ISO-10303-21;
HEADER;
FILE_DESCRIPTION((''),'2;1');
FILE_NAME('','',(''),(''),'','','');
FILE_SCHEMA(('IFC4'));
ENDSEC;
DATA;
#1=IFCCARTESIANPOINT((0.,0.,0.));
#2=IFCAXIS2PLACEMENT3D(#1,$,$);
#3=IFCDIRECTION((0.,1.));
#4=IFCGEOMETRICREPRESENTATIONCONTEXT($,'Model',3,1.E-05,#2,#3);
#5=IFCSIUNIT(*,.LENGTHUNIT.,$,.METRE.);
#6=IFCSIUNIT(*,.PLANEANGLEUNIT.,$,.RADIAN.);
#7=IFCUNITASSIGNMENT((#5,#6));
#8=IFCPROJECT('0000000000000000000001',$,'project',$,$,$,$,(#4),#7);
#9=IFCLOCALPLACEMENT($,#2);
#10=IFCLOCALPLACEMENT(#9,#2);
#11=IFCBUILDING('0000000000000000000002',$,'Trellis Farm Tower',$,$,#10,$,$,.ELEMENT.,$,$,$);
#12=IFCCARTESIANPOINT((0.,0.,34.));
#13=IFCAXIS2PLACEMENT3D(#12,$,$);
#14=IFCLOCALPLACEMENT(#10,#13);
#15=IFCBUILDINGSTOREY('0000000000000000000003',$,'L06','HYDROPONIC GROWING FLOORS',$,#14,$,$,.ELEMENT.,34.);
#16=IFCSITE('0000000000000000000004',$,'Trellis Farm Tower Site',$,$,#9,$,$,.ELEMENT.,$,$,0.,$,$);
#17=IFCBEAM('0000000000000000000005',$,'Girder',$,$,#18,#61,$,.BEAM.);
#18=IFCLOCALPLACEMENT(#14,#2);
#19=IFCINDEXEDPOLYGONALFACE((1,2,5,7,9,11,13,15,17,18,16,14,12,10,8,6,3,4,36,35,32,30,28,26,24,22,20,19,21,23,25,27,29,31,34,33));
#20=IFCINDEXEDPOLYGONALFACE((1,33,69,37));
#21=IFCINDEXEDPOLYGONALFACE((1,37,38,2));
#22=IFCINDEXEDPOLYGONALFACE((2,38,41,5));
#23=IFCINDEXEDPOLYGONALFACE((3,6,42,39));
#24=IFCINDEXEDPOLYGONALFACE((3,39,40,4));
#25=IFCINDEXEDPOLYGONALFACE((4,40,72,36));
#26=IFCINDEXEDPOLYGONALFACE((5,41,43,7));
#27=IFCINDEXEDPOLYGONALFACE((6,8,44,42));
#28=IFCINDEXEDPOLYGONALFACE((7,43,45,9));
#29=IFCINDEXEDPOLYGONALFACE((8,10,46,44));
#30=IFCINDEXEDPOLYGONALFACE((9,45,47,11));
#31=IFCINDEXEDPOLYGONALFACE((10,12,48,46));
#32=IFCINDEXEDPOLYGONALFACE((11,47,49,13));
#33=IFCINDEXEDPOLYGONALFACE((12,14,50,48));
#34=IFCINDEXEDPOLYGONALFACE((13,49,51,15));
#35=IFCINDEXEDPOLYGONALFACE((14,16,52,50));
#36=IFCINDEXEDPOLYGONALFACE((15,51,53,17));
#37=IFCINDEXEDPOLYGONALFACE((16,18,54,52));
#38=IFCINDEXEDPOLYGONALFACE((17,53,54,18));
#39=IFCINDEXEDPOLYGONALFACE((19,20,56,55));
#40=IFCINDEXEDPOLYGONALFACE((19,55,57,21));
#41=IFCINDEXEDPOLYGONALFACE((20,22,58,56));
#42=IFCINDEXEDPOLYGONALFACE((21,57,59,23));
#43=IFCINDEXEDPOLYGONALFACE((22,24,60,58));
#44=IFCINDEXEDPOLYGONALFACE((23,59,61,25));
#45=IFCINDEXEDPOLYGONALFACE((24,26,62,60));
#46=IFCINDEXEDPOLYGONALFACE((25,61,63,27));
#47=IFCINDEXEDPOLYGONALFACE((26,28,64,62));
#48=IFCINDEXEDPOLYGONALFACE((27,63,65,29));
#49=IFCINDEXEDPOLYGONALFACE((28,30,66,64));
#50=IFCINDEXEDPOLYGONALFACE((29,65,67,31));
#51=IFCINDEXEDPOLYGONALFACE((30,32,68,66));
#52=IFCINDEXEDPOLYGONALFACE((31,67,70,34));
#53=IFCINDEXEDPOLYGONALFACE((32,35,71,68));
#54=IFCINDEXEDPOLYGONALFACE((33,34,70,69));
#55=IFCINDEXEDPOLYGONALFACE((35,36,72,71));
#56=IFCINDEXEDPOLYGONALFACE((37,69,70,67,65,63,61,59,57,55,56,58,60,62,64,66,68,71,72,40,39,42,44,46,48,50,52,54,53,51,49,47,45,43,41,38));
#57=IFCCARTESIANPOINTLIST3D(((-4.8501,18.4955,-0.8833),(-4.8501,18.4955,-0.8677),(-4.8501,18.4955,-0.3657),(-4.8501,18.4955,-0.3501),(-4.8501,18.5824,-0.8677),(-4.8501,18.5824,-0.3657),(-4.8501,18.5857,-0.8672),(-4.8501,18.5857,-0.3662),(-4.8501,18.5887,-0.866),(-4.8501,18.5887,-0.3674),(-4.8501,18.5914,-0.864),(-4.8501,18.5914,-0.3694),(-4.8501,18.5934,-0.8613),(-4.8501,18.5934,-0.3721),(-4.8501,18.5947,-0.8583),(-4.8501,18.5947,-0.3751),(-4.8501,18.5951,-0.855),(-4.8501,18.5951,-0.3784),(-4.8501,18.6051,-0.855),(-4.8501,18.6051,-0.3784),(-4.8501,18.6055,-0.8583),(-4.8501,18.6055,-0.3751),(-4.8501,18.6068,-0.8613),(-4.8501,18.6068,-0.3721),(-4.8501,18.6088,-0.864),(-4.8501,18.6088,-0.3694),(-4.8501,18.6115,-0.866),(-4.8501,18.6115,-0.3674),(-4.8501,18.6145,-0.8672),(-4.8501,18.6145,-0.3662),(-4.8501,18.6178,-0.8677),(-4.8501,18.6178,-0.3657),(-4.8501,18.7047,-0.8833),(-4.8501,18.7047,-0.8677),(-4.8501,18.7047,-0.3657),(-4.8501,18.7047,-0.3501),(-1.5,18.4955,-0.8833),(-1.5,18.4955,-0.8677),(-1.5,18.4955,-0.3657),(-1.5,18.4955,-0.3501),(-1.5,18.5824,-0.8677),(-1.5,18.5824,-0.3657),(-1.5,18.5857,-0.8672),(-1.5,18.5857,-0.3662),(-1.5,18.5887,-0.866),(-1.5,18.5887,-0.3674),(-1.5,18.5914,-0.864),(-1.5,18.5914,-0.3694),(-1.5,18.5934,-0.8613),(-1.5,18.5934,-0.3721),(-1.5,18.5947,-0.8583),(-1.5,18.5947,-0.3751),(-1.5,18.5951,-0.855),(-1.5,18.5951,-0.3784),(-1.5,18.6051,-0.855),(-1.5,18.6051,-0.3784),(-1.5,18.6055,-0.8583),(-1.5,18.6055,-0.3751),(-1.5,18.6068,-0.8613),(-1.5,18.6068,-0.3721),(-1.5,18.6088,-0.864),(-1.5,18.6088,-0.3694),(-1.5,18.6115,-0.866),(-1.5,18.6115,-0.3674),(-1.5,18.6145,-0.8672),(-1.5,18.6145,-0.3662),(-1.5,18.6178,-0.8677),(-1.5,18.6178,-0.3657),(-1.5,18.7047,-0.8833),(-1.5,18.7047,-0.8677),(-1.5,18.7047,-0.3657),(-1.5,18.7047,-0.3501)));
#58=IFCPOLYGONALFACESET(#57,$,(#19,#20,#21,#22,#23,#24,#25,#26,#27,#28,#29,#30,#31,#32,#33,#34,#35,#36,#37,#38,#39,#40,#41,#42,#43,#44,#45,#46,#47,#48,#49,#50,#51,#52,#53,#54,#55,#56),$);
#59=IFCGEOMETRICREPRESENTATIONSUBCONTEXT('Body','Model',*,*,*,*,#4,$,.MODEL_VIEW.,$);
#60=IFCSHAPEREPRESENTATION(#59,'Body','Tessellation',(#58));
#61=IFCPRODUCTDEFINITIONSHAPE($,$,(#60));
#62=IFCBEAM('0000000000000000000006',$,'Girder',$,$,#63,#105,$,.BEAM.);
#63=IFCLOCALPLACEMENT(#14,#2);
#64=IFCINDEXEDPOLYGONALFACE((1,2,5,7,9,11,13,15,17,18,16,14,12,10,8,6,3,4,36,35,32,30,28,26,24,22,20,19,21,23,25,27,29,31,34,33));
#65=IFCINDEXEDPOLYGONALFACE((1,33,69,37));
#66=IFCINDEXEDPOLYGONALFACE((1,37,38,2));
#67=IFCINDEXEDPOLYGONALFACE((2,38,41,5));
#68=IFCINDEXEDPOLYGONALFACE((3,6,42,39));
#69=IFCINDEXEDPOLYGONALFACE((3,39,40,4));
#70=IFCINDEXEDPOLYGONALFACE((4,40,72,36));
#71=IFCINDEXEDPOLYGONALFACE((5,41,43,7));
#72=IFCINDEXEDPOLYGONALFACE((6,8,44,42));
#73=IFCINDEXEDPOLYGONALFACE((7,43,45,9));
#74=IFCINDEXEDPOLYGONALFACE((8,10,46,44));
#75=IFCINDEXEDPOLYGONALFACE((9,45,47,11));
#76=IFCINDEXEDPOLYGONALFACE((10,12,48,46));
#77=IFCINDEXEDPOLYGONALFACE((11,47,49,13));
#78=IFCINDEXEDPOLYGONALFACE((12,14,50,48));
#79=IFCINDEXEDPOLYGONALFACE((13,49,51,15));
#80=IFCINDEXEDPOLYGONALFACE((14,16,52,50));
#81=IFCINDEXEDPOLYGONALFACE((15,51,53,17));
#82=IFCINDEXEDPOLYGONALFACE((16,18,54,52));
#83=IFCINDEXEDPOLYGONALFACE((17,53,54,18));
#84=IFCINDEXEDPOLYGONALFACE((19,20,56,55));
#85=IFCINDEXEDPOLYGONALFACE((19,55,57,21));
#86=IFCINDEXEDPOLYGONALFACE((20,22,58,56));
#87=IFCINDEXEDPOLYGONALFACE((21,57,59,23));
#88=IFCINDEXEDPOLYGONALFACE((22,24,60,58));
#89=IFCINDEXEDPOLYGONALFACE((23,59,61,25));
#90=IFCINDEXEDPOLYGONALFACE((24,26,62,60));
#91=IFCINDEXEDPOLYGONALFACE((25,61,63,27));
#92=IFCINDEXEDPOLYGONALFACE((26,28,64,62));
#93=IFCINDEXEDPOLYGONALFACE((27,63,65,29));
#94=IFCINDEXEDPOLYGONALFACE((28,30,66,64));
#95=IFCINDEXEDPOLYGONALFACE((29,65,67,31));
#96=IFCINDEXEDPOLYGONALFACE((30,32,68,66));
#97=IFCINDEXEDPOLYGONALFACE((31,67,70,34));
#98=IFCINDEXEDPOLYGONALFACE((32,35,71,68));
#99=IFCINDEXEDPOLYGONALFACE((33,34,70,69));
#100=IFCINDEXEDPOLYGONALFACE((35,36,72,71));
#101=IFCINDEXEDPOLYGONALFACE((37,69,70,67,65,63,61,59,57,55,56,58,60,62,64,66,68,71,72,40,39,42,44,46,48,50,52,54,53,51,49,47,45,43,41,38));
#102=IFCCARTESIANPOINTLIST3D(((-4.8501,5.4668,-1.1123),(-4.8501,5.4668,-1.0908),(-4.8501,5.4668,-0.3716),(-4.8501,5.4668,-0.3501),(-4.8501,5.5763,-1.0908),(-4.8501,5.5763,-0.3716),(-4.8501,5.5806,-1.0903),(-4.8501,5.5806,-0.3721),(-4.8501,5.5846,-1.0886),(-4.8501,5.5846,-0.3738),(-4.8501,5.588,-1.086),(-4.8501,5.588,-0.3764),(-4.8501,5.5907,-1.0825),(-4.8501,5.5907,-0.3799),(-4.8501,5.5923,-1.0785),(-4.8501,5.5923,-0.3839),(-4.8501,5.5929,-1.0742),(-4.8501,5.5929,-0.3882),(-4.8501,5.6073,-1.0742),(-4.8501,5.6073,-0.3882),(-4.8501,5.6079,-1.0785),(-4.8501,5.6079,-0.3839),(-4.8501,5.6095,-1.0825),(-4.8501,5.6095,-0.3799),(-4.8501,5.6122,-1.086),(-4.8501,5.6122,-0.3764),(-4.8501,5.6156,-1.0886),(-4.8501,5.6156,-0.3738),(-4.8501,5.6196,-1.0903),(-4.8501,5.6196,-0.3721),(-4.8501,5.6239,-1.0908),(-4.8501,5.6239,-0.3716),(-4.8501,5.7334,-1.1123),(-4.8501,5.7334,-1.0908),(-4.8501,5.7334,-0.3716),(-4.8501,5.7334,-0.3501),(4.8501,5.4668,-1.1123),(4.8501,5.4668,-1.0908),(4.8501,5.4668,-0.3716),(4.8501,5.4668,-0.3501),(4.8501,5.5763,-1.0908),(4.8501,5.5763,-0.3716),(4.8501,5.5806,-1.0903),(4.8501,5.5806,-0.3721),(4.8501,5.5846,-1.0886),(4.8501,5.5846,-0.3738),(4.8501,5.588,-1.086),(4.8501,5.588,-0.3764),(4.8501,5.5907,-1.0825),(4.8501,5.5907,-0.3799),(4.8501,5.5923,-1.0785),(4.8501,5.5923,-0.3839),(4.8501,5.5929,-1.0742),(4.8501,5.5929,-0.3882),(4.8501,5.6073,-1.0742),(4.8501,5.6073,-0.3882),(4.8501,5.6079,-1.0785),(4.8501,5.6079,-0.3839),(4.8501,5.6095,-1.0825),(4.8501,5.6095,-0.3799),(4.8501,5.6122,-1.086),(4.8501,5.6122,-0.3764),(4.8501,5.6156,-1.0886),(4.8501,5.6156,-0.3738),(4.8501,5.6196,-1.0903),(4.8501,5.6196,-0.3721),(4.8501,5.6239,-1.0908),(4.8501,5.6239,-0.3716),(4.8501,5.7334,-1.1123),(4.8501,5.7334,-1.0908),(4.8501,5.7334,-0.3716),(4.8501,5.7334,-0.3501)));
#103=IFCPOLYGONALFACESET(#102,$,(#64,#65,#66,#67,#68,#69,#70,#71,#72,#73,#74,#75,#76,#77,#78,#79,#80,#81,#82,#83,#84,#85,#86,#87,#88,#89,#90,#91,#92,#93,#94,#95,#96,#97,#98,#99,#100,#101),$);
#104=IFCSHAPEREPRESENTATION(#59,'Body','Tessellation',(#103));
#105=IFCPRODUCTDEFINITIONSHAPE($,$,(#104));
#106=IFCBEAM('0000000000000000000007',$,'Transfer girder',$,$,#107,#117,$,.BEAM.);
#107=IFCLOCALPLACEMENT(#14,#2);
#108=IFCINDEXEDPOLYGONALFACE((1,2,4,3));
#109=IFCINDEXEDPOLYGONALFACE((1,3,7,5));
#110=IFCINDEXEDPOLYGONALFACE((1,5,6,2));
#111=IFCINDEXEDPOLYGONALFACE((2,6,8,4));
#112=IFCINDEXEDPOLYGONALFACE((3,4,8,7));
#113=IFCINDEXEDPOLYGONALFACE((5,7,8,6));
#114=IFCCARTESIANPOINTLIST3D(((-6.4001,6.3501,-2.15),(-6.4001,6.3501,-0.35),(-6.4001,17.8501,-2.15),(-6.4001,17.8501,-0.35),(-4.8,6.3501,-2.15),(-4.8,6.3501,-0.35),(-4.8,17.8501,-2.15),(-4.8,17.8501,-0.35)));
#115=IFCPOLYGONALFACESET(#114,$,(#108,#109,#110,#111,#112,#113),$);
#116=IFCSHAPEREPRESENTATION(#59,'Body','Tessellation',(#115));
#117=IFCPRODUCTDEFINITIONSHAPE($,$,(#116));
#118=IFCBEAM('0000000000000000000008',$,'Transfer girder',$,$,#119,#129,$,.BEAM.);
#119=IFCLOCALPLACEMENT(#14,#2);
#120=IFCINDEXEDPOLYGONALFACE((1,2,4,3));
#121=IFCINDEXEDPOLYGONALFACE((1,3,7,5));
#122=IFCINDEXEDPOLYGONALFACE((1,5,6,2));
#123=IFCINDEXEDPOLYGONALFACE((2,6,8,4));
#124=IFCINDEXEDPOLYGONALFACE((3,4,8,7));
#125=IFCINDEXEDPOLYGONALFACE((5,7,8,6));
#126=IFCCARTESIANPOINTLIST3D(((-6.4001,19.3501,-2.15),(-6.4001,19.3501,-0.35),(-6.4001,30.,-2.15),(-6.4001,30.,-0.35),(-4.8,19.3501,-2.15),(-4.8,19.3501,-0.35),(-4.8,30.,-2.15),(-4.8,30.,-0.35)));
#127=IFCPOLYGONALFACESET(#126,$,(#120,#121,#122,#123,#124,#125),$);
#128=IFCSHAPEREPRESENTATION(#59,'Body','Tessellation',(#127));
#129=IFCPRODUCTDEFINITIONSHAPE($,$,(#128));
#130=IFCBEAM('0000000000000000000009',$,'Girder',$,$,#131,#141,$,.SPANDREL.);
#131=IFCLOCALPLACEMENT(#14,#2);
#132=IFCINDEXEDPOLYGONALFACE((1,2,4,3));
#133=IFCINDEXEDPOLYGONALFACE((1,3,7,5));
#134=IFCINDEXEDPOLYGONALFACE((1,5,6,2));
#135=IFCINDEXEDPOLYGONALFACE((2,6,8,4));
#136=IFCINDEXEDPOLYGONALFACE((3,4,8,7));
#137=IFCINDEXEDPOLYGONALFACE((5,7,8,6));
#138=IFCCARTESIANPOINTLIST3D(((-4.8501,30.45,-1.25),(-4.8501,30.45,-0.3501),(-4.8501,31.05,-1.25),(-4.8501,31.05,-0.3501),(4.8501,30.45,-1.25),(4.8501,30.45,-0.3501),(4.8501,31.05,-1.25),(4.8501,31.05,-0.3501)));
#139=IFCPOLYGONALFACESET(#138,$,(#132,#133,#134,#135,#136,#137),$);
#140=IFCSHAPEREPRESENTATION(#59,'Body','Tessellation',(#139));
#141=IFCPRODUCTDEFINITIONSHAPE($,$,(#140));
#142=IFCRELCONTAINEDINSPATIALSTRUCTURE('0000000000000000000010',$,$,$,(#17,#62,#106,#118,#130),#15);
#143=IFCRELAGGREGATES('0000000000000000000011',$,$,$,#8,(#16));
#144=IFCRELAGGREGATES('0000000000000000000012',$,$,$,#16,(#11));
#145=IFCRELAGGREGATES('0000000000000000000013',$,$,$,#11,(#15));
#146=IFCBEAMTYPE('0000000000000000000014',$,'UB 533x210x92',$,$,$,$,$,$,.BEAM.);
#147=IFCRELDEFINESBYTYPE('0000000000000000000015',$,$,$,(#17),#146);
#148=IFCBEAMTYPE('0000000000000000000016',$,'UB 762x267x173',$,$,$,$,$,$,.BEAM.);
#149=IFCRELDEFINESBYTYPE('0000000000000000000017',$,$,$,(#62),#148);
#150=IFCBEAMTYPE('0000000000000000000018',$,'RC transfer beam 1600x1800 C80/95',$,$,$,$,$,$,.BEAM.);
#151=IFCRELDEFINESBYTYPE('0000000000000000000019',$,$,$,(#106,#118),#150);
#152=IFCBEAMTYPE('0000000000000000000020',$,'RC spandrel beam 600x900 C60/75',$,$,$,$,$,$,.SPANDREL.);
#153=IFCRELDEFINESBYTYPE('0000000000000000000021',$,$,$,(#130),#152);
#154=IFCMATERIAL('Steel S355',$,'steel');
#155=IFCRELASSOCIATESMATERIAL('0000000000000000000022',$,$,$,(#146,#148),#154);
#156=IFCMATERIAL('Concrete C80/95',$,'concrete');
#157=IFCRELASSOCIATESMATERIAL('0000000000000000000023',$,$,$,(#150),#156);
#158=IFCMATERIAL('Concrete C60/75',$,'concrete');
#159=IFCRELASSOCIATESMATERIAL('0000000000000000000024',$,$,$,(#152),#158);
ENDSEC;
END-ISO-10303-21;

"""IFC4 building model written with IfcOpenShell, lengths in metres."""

from ifc_helpers import new_model, si_unit, direction, frame, origin, origin_2d, place, context, subcontext, project, spatial, rectangle, i_section, extrude, source, transform, mapped, material, material_profile, profile_set, type_object, element, save


model = new_model("IFC4")

# Units and contexts
model_context = context("Model", 3, precision=1e-05, world=origin(), true_north=direction((0.0, 1.0)))
body_context = subcontext(model_context, "Body", "Model", "MODEL_VIEW")
ifc_project = project(units=[si_unit("LENGTHUNIT", "METRE"), si_unit("PLANEANGLEUNIT", "RADIAN")], contexts=[model_context])

# Site, building, storey
site_placement = place(None, origin())
site = spatial("IfcSite", under=ifc_project, at=site_placement, Name="Trellis Farm Tower Site", CompositionType="ELEMENT", RefElevation=0.0)
building_placement = place(site_placement, origin())
building = spatial("IfcBuilding", under=site, at=building_placement, Name="Trellis Farm Tower", CompositionType="ELEMENT")
storey_placement = place(building_placement, frame((0.0, 0.0, 34.0)))
storey = spatial("IfcBuildingStorey", under=building, at=storey_placement, Name="L06", Description="HYDROPONIC GROWING FLOORS", CompositionType="ELEMENT", Elevation=34.0)

# Shared definitions
ifc_material_1 = material(Name="Concrete C80/95", Category="concrete")

# Beams
ifc_material_2 = material(Name="Steel S355", Category="steel")
ifc_material_profile_1 = material_profile(ifc_material_2, i_section(OverallWidth=0.2092, OverallDepth=0.5332, WebThickness=0.01, FlangeThickness=0.0156, FilletRadius=0.0127, at=origin_2d()), Name="UB 533x210x92")
ifc_profile_set_1 = profile_set([ifc_material_profile_1], Name="Steel S355")
beam_type_1 = type_object("IfcBeamType", Name="UB 533x210x92", PredefinedType="BEAM", material=ifc_profile_set_1)
shared_shape_1 = source(origin(), body_context, "Body", "SweptSolid", [
    extrude(i_section(OverallWidth=0.2092, OverallDepth=0.5332, WebThickness=0.01, FlangeThickness=0.0156, FilletRadius=0.0127, at=origin_2d()), origin(), (0.0, 0.0, 1.0), 3.3501),
])
beam_1_placement = place(storey_placement, frame((-4.8501, 18.6001, -0.6167), z_axis=(1.0, 0.0, 0.0), x_axis=(0.0, 1.0, 0.0)))
element("IfcBeam", 1, at=beam_1_placement, inside=storey, type_object=beam_type_1, Name="Girder", PredefinedType="BEAM", context=body_context, shape_type="MappedRepresentation", body=[
    mapped(shared_shape_1, transform((0.0, 0.0, 0.0))),
])
ifc_material_profile_2 = material_profile(ifc_material_2, i_section(OverallWidth=0.2666, OverallDepth=0.7622, WebThickness=0.0144, FlangeThickness=0.0215, FilletRadius=0.0166, at=origin_2d()), Name="UB 762x267x173")
ifc_profile_set_2 = profile_set([ifc_material_profile_2], Name="Steel S355")
beam_type_2 = type_object("IfcBeamType", Name="UB 762x267x173", PredefinedType="BEAM", material=ifc_profile_set_2)
shared_shape_2 = source(origin(), body_context, "Body", "SweptSolid", [
    extrude(i_section(OverallWidth=0.2666, OverallDepth=0.7622, WebThickness=0.0144, FlangeThickness=0.0215, FilletRadius=0.0166, at=origin_2d()), origin(), (0.0, 0.0, 1.0), 9.7002),
])
beam_2_placement = place(storey_placement, frame((-4.8501, 5.6001, -0.7312), z_axis=(1.0, 0.0, 0.0), x_axis=(0.0, 1.0, 0.0)))
element("IfcBeam", 2, at=beam_2_placement, inside=storey, type_object=beam_type_2, Name="Girder", PredefinedType="BEAM", context=body_context, shape_type="MappedRepresentation", body=[
    mapped(shared_shape_2, transform((0.0, 0.0, 0.0))),
])
ifc_material_profile_3 = material_profile(ifc_material_1, rectangle(XDim=1.6001, YDim=1.8, at=origin_2d()), Name="RC transfer beam 1600x1800 C80/95")
ifc_profile_set_3 = profile_set([ifc_material_profile_3], Name="Concrete C80/95")
beam_type_3 = type_object("IfcBeamType", Name="RC transfer beam 1600x1800 C80/95", PredefinedType="BEAM", material=ifc_profile_set_3)
shared_shape_3 = source(origin(), body_context, "Body", "SweptSolid", [
    extrude(rectangle(XDim=1.6001, YDim=1.8, at=origin_2d()), origin(), (0.0, 0.0, 1.0), 11.5),
])
beam_3_placement = place(storey_placement, frame((-5.6001, 6.3501, -1.25), z_axis=(0.0, 1.0, 0.0), x_axis=(-1.0, 0.0, 0.0)))
element("IfcBeam", 3, at=beam_3_placement, inside=storey, type_object=beam_type_3, Name="Transfer girder", PredefinedType="BEAM", context=body_context, shape_type="MappedRepresentation", body=[
    mapped(shared_shape_3, transform((0.0, 0.0, 0.0))),
])
shared_shape_4 = source(origin(), body_context, "Body", "SweptSolid", [
    extrude(rectangle(XDim=1.6001, YDim=1.8, at=origin_2d()), origin(), (0.0, 0.0, 1.0), 10.6499),
])
beam_4_placement = place(storey_placement, frame((-5.6001, 19.3501, -1.25), z_axis=(0.0, 1.0, 0.0), x_axis=(-1.0, 0.0, 0.0)))
element("IfcBeam", 4, at=beam_4_placement, inside=storey, type_object=beam_type_3, Name="Transfer girder", PredefinedType="BEAM", context=body_context, shape_type="MappedRepresentation", body=[
    mapped(shared_shape_4, transform((0.0, 0.0, 0.0))),
])
ifc_material_3 = material(Name="Concrete C60/75", Category="concrete")
ifc_material_profile_4 = material_profile(ifc_material_3, rectangle(XDim=0.6001, YDim=0.8999, at=origin_2d()), Name="RC spandrel beam 600x900 C60/75")
ifc_profile_set_4 = profile_set([ifc_material_profile_4], Name="Concrete C60/75")
beam_type_4 = type_object("IfcBeamType", Name="RC spandrel beam 600x900 C60/75", PredefinedType="SPANDREL", material=ifc_profile_set_4)
shared_shape_5 = source(origin(), body_context, "Body", "SweptSolid", [
    extrude(rectangle(XDim=0.6001, YDim=0.8999, at=origin_2d()), origin(), (0.0, 0.0, 1.0), 9.7002),
])
beam_5_placement = place(storey_placement, frame((-4.8501, 30.75, -0.8), z_axis=(1.0, 0.0, 0.0), x_axis=(0.0, 1.0, 0.0)))
element("IfcBeam", 5, at=beam_5_placement, inside=storey, type_object=beam_type_4, Name="Girder", PredefinedType="SPANDREL", context=body_context, shape_type="MappedRepresentation", body=[
    mapped(shared_shape_5, transform((0.0, 0.0, 0.0))),
])

save(model, "model.ifc")
